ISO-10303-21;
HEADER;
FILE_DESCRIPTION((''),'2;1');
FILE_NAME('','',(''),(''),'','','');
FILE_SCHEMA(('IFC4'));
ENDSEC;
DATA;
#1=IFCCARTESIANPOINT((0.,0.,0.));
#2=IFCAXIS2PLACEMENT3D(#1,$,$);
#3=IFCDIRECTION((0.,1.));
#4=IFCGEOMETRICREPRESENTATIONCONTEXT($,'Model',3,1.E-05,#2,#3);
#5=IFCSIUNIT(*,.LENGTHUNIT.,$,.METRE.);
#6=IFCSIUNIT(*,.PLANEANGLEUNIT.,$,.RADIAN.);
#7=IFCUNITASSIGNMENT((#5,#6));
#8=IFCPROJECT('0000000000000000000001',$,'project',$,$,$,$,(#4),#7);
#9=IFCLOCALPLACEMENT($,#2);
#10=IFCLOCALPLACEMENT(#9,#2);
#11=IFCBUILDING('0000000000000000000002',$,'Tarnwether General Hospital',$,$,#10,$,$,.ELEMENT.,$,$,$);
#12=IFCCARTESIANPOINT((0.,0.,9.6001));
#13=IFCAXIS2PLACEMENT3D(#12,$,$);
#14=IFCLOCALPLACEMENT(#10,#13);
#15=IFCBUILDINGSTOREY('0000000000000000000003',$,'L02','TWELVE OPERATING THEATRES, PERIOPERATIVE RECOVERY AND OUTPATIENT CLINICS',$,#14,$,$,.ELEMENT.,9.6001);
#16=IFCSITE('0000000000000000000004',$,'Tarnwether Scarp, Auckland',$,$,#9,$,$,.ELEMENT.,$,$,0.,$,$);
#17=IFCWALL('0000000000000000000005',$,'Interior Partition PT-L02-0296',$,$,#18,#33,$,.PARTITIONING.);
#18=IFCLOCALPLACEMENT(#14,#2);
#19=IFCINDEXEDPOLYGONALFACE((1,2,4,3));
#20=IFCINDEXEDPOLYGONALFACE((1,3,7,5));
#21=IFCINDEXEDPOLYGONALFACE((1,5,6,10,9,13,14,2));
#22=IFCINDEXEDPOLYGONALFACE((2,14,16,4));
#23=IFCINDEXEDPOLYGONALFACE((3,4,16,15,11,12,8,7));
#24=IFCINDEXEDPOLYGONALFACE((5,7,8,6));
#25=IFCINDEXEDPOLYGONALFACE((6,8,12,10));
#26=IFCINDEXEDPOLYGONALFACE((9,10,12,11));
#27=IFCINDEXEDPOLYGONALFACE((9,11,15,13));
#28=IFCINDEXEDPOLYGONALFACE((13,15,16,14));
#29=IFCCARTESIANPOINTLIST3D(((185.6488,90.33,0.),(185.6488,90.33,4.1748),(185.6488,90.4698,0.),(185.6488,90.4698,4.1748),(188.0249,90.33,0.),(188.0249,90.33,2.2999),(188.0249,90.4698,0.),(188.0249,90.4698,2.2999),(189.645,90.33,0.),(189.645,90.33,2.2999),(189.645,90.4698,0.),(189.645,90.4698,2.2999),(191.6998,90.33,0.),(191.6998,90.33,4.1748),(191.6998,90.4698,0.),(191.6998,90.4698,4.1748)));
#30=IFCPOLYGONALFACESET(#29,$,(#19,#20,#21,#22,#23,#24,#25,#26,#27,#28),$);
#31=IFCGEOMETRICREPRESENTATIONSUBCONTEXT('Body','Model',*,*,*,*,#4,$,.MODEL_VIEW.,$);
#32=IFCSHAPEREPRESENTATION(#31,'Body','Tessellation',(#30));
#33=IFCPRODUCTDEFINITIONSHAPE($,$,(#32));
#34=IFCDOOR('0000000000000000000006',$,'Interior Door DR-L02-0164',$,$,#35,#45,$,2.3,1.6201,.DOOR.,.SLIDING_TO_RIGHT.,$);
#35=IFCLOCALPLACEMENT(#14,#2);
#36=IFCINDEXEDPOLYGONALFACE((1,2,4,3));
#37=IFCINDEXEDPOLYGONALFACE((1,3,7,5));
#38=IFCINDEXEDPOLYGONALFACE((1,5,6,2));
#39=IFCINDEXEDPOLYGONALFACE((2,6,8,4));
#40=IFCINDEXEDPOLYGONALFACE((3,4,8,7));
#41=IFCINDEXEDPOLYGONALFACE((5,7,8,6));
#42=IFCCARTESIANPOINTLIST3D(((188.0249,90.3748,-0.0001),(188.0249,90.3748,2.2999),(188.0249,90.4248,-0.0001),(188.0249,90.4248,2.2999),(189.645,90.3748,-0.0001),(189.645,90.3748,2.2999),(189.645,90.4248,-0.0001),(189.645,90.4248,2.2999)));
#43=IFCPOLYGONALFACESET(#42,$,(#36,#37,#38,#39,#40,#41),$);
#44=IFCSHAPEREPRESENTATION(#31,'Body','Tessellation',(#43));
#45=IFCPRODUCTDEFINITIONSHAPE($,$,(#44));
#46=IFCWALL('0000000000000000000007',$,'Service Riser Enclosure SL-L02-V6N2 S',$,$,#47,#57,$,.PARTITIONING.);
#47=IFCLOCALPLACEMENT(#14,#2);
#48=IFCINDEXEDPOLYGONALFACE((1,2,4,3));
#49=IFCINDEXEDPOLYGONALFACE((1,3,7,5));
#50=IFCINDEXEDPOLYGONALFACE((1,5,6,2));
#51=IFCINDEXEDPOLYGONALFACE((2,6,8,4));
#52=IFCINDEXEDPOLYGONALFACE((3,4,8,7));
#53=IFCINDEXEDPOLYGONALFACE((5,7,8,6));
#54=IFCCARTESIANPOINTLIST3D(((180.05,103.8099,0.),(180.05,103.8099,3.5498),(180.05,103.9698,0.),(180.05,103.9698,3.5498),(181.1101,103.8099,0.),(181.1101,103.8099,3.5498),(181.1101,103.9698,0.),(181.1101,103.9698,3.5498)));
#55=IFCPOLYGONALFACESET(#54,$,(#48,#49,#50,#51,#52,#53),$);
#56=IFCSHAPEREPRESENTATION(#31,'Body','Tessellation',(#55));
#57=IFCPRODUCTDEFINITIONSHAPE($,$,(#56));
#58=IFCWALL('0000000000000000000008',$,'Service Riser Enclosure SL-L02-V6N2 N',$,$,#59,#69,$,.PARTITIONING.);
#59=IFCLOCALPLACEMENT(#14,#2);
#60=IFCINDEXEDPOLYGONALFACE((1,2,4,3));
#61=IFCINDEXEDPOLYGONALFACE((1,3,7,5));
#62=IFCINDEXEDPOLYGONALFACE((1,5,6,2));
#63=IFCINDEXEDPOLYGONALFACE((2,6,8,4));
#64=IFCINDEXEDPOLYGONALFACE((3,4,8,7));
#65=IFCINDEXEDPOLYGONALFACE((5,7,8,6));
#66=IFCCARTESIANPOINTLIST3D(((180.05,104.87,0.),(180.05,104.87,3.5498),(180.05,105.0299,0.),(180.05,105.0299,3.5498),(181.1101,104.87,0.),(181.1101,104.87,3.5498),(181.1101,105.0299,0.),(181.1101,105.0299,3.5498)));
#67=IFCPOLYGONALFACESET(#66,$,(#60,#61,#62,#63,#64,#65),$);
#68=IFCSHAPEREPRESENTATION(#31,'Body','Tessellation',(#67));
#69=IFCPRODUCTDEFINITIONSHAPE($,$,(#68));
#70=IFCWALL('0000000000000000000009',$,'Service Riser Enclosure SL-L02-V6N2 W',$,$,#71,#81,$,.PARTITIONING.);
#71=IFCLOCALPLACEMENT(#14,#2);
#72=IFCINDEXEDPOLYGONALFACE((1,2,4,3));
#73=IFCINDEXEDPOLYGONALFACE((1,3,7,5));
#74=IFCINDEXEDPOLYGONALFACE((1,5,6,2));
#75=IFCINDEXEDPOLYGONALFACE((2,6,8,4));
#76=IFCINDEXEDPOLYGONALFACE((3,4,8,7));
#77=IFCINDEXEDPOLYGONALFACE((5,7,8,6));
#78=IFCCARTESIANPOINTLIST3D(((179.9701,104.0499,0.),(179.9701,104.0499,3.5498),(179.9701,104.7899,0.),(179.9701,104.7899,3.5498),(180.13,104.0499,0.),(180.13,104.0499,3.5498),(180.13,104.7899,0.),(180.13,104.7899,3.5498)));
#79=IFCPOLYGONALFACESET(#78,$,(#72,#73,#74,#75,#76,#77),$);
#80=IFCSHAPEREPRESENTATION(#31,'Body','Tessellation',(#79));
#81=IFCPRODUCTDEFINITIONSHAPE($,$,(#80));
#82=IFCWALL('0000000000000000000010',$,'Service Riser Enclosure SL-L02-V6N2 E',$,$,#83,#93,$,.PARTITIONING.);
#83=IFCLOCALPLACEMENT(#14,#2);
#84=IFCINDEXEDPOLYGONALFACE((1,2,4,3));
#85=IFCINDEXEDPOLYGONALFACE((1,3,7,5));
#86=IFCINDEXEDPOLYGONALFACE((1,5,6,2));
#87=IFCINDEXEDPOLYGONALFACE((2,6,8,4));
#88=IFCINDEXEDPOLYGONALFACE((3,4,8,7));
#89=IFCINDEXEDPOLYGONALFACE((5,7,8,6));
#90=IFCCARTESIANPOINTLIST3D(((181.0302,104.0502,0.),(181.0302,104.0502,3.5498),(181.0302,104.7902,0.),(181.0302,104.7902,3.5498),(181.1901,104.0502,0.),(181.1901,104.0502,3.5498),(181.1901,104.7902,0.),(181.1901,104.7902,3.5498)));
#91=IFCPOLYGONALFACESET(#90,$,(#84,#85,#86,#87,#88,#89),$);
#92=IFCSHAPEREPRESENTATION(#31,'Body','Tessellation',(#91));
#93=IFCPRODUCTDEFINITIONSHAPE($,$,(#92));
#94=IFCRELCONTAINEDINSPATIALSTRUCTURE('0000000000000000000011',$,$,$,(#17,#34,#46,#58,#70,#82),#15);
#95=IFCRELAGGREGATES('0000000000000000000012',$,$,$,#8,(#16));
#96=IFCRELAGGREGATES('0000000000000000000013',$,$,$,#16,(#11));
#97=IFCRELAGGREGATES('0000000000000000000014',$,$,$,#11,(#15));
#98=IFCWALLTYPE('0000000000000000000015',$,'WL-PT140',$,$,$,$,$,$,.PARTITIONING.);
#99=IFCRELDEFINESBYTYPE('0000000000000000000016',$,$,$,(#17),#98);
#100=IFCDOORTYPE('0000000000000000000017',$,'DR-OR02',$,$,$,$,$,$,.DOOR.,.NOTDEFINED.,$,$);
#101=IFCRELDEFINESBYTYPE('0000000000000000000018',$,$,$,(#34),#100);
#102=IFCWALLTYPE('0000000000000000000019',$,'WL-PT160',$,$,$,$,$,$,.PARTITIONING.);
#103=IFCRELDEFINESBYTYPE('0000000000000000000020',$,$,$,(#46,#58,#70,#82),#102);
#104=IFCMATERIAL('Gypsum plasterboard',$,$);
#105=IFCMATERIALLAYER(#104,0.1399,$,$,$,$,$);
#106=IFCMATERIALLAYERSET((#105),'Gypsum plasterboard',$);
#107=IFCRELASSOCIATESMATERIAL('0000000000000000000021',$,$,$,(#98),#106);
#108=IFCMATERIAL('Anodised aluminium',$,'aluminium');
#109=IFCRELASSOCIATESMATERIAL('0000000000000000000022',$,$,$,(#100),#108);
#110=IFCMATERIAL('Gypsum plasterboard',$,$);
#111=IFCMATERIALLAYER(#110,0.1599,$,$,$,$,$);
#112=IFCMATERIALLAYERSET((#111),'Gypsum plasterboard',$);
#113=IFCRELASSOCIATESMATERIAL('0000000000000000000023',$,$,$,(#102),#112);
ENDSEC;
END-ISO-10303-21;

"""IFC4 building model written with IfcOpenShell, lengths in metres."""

from ifc_helpers import new_model, si_unit, direction, frame, frame_2d, origin, place, context, subcontext, project, spatial, rectangle, extrude, material, layer, layer_set, type_object, element, fill, save


model = new_model("IFC4")

# Units and contexts
model_context = context("Model", 3, precision=1e-05, world=origin(), true_north=direction((0.0, 1.0)))
body_context = subcontext(model_context, "Body", "Model", "MODEL_VIEW")
ifc_project = project(units=[si_unit("LENGTHUNIT", "METRE"), si_unit("PLANEANGLEUNIT", "RADIAN")], contexts=[model_context])

# Site, building, storey
site_placement = place(None, origin())
site = spatial("IfcSite", under=ifc_project, at=site_placement, Name="Tarnwether Scarp, Auckland", CompositionType="ELEMENT", RefElevation=0.0)
building_placement = place(site_placement, origin())
building = spatial("IfcBuilding", under=site, at=building_placement, Name="Tarnwether General Hospital", CompositionType="ELEMENT")
storey_placement = place(building_placement, frame((0.0, 0.0, 9.6001)))
storey = spatial("IfcBuildingStorey", under=building, at=storey_placement, Name="L02", Description="TWELVE OPERATING THEATRES, PERIOPERATIVE RECOVERY AND OUTPATIENT CLINICS", CompositionType="ELEMENT", Elevation=9.6001)

# Shared definitions
ifc_material_1 = material(Name="Gypsum plasterboard")
ifc_layer_1 = layer(ifc_material_1, 0.1399)
ifc_layer_set_1 = layer_set([ifc_layer_1], Name="Gypsum plasterboard")
wall_type_1 = type_object("IfcWallType", Name="WL-PT140", PredefinedType="PARTITIONING", material=ifc_layer_set_1)

# Wall, opening, door
wall_1_placement = place(storey_placement, frame((185.6489, 90.3999, 0.0), z_axis=(0.0, 0.0, 1.0), x_axis=(1.0, 0.0, 0.0)))
wall_1 = element("IfcWall", 1, at=wall_1_placement, inside=storey, type_object=wall_type_1, Name="Interior Partition PT-L02-0296", PredefinedType="PARTITIONING", context=body_context, shape_type="SweptSolid", body=[
    extrude(rectangle(XDim=6.051, YDim=0.1399, at=frame_2d((3.0254, 0.0))), origin(), (0.0, 0.0, 1.0), 4.1748),
])
opening_1_placement = place(wall_1_placement, frame((2.376, 0.0, 0.0)))
opening_1 = element("IfcOpeningElement", 2, at=opening_1_placement, cuts=wall_1, PredefinedType="OPENING", context=body_context, shape_type="SweptSolid", body=[
    extrude(rectangle(XDim=1.6201, YDim=2.3, at=frame_2d((0.8101, 1.1499))), frame((0.0, 0.0801, 0.0), z_axis=(0.0, -1.0, 0.0), x_axis=(1.0, 0.0, 0.0)), (0.0, 0.0, 1.0), 0.1599),
])
ifc_material_2 = material(Name="Anodised aluminium", Category="aluminium")
door_type_1 = type_object("IfcDoorType", Name="DR-OR02", OperationType="NOTDEFINED", PredefinedType="DOOR", material=ifc_material_2)
door_1_placement = place(opening_1_placement, origin())
door_1 = element("IfcDoor", 3, at=door_1_placement, inside=storey, type_object=door_type_1, Name="Interior Door DR-L02-0164", OperationType="SLIDING_TO_RIGHT", OverallHeight=2.3, OverallWidth=1.6201, PredefinedType="DOOR", context=body_context, shape_type="SweptSolid", body=[
    extrude(rectangle(XDim=1.6201, YDim=2.3, at=frame_2d((0.8101, 1.1499))), frame((0.0, 0.0249, 0.0), z_axis=(0.0, -1.0, 0.0), x_axis=(1.0, 0.0, 0.0)), (0.0, 0.0, 1.0), 0.05),
])
fill(opening_1, door_1)

# Walls
ifc_material_3 = material(Name="Gypsum plasterboard")
ifc_layer_2 = layer(ifc_material_3, 0.1599)
ifc_layer_set_2 = layer_set([ifc_layer_2], Name="Gypsum plasterboard")
wall_type_2 = type_object("IfcWallType", Name="WL-PT160", PredefinedType="PARTITIONING", material=ifc_layer_set_2)
for number, where, z_axis, x_axis, name in (
    (4, (180.05, 103.8899, 0.0), (0.0, 0.0, 1.0), (1.0, 0.0, 0.0), "Service Riser Enclosure SL-L02-V6N2 S"),
    (5, (181.1101, 104.95, 0.0), (0.0, 0.0, 1.0), (-1.0, 0.0, 0.0), "Service Riser Enclosure SL-L02-V6N2 N"),
):
    element("IfcWall", number, at=place(storey_placement, frame(where, z_axis=z_axis, x_axis=x_axis)), inside=storey, type_object=wall_type_2, Name=name, PredefinedType="PARTITIONING", context=body_context, shape_type="SweptSolid", body=[
        extrude(rectangle(XDim=1.0601, YDim=0.1599, at=frame_2d((0.53, 0.0))), origin(), (0.0, 0.0, 1.0), 3.5498),
    ])
for number, where, z_axis, x_axis, name in (
    (6, (180.05, 104.79, 0.0), (0.0, 0.0, 1.0), (0.0, -1.0, 0.0), "Service Riser Enclosure SL-L02-V6N2 W"),
    (7, (181.1101, 104.05, 0.0), (0.0, 0.0, 1.0), (0.0, 1.0, 0.0), "Service Riser Enclosure SL-L02-V6N2 E"),
):
    element("IfcWall", number, at=place(storey_placement, frame(where, z_axis=z_axis, x_axis=x_axis)), inside=storey, type_object=wall_type_2, Name=name, PredefinedType="PARTITIONING", context=body_context, shape_type="SweptSolid", body=[
        extrude(rectangle(XDim=0.74, YDim=0.1599, at=frame_2d((0.3701, 0.0))), origin(), (0.0, 0.0, 1.0), 3.5498),
    ])

save(model, "model.ifc")
